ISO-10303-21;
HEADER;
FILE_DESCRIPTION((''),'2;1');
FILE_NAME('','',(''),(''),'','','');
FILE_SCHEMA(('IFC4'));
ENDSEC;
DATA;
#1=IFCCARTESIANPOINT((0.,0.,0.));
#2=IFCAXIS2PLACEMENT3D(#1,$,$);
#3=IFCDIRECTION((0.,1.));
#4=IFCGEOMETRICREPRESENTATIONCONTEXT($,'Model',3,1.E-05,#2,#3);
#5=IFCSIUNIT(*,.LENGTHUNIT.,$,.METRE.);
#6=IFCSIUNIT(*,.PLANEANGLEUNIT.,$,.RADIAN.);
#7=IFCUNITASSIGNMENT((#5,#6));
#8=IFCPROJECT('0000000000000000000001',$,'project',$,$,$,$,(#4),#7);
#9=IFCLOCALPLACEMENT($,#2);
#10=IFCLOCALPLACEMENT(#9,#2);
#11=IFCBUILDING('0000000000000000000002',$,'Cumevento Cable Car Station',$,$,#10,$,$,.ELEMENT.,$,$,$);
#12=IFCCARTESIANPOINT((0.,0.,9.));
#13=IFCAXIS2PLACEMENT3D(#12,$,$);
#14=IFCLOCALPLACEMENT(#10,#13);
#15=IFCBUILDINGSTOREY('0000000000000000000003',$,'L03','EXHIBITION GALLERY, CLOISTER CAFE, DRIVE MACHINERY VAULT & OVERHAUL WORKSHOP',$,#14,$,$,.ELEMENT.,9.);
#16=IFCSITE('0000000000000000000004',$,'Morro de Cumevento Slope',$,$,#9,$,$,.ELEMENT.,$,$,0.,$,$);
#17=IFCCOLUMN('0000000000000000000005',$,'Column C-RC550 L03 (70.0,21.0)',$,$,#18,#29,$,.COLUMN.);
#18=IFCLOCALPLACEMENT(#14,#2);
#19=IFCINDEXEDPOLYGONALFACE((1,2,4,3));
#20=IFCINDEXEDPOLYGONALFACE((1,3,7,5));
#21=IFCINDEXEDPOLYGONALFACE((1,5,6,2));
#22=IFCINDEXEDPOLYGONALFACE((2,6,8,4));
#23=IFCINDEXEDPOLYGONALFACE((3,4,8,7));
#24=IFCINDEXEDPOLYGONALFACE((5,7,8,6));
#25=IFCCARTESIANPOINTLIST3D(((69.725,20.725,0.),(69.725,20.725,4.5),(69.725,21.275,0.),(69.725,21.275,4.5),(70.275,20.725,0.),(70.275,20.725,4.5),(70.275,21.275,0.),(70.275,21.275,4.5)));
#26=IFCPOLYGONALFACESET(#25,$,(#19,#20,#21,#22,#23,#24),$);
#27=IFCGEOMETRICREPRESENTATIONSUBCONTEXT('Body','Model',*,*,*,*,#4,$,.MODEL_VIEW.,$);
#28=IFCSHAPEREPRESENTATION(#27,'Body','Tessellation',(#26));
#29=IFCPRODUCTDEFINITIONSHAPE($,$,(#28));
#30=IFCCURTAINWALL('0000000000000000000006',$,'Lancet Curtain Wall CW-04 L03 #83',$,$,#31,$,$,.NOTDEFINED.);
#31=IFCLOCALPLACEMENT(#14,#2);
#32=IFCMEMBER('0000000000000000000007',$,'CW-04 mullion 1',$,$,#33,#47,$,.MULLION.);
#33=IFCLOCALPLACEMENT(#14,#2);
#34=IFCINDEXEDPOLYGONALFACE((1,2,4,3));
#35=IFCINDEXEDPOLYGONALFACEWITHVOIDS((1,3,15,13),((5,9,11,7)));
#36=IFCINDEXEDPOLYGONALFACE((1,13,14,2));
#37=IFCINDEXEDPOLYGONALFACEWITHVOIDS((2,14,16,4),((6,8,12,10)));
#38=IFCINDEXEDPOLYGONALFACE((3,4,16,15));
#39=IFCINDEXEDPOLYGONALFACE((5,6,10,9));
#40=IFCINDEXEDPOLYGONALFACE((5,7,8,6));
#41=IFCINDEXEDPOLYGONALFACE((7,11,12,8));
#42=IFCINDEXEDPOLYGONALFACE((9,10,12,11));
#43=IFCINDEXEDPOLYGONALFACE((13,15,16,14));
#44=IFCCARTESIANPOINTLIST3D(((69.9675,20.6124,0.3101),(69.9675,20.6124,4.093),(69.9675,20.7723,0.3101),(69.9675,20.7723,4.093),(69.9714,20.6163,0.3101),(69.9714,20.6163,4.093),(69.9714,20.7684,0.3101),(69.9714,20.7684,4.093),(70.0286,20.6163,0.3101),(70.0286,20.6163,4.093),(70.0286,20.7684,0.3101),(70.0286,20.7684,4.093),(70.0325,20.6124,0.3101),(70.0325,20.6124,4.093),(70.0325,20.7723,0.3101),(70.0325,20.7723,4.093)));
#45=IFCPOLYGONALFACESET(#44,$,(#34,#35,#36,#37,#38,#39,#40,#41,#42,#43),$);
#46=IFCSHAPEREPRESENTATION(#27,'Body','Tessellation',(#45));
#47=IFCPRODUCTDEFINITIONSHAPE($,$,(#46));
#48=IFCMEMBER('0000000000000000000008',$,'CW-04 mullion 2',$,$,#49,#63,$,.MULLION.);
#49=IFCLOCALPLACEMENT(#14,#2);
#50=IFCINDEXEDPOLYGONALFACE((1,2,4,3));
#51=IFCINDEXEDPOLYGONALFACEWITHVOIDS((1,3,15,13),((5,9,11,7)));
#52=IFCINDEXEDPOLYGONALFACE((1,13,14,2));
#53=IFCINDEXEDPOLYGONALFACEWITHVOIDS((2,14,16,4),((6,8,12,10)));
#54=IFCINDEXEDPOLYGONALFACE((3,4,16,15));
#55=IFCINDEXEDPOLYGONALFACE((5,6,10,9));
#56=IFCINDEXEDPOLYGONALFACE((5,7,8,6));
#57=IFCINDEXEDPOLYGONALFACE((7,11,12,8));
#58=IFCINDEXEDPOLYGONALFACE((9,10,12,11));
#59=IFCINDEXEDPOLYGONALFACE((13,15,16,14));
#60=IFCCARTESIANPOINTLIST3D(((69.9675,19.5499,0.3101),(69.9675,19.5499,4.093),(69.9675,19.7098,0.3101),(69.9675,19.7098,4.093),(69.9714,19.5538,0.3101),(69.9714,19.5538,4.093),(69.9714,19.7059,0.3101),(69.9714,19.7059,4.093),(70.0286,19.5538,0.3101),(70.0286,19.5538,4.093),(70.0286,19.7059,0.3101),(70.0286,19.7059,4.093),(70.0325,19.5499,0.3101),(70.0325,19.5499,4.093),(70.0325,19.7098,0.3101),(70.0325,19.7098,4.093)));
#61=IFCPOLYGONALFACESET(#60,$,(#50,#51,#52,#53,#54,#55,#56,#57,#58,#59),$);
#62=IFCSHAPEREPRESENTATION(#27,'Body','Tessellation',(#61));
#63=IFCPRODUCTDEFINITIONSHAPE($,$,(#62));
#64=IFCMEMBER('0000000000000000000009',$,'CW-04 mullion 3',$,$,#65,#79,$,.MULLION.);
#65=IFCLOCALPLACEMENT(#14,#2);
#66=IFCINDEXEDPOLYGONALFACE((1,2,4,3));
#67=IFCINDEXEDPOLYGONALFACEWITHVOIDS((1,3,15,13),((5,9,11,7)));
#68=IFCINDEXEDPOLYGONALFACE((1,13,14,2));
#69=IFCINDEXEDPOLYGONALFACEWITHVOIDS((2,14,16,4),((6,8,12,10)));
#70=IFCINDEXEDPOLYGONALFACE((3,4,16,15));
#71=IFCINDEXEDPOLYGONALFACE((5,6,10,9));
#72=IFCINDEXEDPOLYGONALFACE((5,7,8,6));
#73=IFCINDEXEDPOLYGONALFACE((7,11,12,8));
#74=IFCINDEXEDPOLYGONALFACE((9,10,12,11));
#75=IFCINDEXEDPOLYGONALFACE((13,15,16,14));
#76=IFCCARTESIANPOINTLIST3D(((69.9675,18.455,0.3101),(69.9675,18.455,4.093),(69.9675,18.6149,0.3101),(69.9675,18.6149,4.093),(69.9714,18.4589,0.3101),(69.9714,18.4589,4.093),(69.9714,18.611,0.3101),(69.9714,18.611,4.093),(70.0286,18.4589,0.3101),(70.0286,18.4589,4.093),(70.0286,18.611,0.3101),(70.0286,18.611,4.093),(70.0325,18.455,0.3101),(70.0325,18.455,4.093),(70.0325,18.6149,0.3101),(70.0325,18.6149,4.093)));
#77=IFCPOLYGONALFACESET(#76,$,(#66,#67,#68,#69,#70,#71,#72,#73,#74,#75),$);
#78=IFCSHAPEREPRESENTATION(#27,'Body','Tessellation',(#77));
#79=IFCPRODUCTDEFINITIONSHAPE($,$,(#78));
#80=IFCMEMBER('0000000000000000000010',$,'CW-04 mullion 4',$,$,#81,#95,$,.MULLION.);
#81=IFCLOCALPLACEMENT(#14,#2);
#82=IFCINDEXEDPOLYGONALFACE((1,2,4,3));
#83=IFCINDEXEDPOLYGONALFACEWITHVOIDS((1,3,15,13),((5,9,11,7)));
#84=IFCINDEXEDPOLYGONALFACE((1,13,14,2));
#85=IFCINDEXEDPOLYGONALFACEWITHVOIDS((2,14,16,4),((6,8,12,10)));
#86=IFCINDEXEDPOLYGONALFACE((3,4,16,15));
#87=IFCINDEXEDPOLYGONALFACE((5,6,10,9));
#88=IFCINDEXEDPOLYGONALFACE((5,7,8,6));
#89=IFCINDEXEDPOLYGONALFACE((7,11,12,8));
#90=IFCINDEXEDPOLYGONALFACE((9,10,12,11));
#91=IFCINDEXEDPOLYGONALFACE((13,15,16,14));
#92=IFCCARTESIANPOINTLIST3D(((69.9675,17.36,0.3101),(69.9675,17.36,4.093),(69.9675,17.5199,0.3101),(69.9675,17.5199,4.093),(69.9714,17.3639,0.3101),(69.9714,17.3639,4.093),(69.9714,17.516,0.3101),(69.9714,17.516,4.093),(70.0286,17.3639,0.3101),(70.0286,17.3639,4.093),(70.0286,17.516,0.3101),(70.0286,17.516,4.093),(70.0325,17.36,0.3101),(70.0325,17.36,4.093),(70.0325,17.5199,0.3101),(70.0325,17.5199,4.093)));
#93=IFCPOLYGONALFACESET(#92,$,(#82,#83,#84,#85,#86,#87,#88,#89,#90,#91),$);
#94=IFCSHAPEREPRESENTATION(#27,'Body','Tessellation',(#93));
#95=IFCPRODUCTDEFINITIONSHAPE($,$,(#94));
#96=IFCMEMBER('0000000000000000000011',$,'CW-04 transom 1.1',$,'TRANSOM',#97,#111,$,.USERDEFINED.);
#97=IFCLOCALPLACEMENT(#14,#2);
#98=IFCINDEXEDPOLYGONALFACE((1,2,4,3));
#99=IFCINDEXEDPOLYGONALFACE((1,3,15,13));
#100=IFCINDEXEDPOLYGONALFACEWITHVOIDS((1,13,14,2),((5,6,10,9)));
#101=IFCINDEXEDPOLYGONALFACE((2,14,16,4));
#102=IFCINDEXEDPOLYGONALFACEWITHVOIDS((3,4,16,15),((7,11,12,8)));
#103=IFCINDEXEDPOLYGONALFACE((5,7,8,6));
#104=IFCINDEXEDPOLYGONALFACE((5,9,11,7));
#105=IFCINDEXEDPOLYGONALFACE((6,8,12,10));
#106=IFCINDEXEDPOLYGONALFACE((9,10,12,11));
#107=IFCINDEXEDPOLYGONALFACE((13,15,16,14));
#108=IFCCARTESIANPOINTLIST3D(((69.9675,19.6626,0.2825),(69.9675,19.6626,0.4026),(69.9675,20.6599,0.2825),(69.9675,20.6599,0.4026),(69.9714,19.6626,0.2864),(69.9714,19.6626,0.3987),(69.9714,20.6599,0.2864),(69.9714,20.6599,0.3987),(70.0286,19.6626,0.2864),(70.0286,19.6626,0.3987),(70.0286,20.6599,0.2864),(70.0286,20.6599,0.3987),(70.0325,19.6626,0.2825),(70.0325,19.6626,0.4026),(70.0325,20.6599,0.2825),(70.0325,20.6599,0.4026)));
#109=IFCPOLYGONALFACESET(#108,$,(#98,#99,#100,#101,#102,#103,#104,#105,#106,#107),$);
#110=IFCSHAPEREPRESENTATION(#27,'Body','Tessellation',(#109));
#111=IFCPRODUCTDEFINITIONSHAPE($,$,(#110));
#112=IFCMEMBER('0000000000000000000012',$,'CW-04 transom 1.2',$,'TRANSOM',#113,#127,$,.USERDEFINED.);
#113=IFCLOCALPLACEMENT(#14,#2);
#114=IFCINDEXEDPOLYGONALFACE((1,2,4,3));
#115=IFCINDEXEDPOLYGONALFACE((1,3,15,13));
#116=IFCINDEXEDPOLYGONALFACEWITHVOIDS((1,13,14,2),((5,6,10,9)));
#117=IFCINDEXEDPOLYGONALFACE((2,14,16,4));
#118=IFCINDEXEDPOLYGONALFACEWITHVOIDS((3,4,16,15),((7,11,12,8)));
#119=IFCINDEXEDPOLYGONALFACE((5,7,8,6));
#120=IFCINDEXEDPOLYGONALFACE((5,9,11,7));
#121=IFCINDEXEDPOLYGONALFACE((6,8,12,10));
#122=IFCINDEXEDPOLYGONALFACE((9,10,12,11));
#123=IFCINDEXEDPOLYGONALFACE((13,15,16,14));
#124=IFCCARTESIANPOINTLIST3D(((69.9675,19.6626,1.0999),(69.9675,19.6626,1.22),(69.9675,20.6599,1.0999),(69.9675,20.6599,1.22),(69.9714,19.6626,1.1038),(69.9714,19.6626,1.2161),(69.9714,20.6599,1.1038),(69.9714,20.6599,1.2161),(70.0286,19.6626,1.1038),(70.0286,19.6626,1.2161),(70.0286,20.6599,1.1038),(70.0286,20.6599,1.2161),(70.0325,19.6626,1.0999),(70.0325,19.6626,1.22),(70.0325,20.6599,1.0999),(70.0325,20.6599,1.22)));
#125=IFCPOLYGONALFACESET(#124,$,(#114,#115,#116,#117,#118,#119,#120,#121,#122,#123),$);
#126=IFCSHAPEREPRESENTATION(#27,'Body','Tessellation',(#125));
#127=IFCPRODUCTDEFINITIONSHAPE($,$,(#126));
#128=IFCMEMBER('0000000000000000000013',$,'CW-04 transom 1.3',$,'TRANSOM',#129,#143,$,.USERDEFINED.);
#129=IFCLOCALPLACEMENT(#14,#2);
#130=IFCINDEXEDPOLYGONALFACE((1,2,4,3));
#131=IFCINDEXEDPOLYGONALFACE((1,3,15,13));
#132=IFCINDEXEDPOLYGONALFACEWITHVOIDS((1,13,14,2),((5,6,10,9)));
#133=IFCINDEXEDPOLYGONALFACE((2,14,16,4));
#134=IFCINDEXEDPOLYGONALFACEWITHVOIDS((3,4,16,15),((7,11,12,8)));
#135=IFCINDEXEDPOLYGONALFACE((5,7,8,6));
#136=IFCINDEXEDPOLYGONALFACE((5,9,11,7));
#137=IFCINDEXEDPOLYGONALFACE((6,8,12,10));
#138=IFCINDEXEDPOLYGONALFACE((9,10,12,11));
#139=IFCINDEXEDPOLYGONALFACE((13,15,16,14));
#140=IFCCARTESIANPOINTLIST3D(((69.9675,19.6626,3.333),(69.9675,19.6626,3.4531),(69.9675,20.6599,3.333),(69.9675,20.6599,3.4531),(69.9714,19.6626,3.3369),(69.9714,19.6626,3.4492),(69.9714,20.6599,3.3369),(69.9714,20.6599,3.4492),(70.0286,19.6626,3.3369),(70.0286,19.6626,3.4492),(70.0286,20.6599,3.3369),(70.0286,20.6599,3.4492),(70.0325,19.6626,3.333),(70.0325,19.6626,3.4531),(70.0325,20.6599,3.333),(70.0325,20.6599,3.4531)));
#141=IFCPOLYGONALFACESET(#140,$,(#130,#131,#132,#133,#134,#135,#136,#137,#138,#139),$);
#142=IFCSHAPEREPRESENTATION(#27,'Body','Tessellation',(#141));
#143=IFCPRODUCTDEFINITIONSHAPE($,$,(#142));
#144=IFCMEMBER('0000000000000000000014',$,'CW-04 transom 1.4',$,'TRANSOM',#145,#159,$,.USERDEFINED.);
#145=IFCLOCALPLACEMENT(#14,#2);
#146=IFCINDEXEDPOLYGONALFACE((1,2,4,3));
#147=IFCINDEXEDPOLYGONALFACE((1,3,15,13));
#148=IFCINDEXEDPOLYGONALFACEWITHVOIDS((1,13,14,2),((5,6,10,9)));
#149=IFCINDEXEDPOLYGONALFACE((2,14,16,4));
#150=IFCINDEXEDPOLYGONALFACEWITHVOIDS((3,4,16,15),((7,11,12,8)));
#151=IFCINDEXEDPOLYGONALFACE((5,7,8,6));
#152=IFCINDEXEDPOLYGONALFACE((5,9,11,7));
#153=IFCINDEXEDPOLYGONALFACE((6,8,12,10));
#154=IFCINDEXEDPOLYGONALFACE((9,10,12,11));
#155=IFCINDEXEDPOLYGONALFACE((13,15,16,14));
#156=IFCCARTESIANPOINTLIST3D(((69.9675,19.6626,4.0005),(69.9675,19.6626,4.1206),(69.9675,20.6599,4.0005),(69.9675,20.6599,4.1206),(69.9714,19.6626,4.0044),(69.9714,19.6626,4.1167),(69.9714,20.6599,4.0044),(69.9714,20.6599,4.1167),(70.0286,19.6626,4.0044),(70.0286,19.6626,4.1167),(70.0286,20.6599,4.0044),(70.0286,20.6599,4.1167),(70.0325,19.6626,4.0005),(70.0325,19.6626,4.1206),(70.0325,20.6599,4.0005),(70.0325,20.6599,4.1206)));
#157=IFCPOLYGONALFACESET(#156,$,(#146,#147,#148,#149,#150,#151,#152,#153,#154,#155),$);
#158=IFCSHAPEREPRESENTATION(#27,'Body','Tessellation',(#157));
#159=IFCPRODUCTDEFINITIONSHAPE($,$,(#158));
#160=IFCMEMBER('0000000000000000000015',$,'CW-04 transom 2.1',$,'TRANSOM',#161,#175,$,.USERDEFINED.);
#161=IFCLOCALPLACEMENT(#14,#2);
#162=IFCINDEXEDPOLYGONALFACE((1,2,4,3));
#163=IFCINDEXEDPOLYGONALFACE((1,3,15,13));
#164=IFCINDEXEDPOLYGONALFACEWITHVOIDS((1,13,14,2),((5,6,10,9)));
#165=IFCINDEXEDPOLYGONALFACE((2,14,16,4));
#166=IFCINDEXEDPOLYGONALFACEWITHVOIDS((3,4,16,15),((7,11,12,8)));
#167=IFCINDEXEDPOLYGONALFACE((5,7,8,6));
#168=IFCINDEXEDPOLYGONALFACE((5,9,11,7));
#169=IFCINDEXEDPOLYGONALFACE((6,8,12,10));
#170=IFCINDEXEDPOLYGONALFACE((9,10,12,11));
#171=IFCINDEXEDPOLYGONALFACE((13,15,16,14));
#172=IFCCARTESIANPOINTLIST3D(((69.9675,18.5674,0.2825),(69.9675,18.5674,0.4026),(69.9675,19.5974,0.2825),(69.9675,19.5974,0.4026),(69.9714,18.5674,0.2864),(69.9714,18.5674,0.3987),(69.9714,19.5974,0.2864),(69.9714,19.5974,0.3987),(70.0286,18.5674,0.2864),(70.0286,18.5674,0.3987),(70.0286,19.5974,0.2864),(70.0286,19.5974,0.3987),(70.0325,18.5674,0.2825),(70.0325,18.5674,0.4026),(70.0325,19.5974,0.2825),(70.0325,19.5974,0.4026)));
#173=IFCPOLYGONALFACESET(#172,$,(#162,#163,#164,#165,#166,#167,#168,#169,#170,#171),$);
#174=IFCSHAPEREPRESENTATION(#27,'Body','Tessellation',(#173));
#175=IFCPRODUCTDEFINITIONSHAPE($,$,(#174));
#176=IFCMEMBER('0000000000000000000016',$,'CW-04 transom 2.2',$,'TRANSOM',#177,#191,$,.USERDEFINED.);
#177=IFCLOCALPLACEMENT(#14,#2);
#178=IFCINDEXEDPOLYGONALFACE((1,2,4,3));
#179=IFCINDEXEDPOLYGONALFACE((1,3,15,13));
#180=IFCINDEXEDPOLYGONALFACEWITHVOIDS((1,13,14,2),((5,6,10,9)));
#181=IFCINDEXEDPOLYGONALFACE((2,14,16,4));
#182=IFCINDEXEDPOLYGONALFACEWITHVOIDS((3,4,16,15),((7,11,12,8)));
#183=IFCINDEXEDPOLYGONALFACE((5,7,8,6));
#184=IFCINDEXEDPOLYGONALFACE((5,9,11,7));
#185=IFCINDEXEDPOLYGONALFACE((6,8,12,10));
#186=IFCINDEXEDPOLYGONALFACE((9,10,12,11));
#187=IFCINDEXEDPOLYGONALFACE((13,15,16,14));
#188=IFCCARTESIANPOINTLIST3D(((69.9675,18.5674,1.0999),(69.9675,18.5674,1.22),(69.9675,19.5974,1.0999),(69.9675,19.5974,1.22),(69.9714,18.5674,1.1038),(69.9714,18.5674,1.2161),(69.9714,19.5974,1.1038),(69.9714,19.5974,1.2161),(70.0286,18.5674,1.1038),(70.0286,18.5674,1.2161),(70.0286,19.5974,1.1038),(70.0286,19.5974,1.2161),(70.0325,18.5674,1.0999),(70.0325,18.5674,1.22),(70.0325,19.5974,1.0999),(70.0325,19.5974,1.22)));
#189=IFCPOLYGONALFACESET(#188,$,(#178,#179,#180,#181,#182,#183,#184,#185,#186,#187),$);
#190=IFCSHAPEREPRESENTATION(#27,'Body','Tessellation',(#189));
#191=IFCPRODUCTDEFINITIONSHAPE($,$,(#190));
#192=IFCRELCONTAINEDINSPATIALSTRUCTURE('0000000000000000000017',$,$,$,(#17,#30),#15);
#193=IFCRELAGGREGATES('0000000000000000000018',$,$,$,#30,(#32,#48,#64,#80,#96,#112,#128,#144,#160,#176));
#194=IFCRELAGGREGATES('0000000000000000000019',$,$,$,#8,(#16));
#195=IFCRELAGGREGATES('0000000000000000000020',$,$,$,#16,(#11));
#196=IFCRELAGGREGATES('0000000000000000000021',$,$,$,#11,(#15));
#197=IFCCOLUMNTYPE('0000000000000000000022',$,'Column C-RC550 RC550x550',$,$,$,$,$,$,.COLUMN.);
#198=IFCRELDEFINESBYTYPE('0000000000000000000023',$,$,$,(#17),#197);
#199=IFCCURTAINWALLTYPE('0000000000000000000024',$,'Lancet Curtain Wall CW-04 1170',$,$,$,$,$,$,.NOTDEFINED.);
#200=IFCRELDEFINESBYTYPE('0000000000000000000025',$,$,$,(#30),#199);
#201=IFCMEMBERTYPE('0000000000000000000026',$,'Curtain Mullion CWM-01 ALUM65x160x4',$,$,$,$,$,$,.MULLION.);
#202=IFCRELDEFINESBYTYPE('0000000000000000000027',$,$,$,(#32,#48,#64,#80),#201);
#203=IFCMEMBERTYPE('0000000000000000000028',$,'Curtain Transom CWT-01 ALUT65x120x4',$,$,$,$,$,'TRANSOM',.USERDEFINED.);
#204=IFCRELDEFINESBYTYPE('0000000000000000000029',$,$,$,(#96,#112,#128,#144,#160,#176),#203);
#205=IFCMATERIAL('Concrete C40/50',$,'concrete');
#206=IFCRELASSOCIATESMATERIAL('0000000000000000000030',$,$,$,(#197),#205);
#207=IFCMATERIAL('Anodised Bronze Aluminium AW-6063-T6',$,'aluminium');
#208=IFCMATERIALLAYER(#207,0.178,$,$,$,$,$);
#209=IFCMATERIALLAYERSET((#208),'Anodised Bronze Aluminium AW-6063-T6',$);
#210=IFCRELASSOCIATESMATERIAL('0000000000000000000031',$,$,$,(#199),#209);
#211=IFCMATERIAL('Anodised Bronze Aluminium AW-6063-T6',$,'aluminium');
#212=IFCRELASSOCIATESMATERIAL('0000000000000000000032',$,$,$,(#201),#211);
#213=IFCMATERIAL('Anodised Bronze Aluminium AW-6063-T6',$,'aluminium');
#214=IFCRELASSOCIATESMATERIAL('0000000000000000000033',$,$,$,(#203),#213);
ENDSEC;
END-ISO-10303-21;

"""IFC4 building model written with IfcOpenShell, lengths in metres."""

from ifc_helpers import new_model, si_unit, direction, frame, origin, origin_2d, place, context, subcontext, project, spatial, rectangle, hollow_rectangle, extrude, material, layer, layer_set, material_profile, profile_set, type_object, element, aggregate, save


model = new_model("IFC4")

# Units and contexts
model_context = context("Model", 3, precision=1e-05, world=origin(), true_north=direction((0.0, 1.0)))
body_context = subcontext(model_context, "Body", "Model", "MODEL_VIEW")
ifc_project = project(units=[si_unit("LENGTHUNIT", "METRE"), si_unit("PLANEANGLEUNIT", "RADIAN")], contexts=[model_context])

# Site, building, storey
site_placement = place(None, origin())
site = spatial("IfcSite", under=ifc_project, at=site_placement, Name="Morro de Cumevento Slope", CompositionType="ELEMENT", RefElevation=0.0)
building_placement = place(site_placement, origin())
building = spatial("IfcBuilding", under=site, at=building_placement, Name="Cumevento Cable Car Station", CompositionType="ELEMENT")
storey_placement = place(building_placement, frame((0.0, 0.0, 9.0)))
storey = spatial("IfcBuildingStorey", under=building, at=storey_placement, Name="L03", Description="EXHIBITION GALLERY, CLOISTER CAFE, DRIVE MACHINERY VAULT & OVERHAUL WORKSHOP", CompositionType="ELEMENT", Elevation=9.0)

# Column
ifc_material_1 = material(Name="Concrete C40/50", Category="concrete")
ifc_material_profile_1 = material_profile(ifc_material_1, rectangle(XDim=0.55, YDim=0.55, at=origin_2d()), Name="RC550x550")
ifc_profile_set_1 = profile_set([ifc_material_profile_1], Name="Concrete C40/50")
column_type = type_object("IfcColumnType", Name="Column C-RC550 RC550x550", PredefinedType="COLUMN", material=ifc_profile_set_1)
column_placement = place(storey_placement, frame((70.0, 21.0, 0.0), z_axis=(0.0, 0.0, 1.0), x_axis=(1.0, 0.0, 0.0)))
element("IfcColumn", 1, at=column_placement, inside=storey, type_object=column_type, Name="Column C-RC550 L03 (70.0,21.0)", PredefinedType="COLUMN", context=body_context, shape_type="SweptSolid", body=[
    extrude(rectangle(XDim=0.55, YDim=0.55, at=origin_2d()), origin(), (0.0, 0.0, 1.0), 4.5),
])

# Curtain wall, members
ifc_material_2 = material(Name="Anodised Bronze Aluminium AW-6063-T6", Category="aluminium")
ifc_layer_1 = layer(ifc_material_2, 0.178)
ifc_layer_set_1 = layer_set([ifc_layer_1], Name="Anodised Bronze Aluminium AW-6063-T6")
curtain_wall_type = type_object("IfcCurtainWallType", Name="Lancet Curtain Wall CW-04 1170", PredefinedType="NOTDEFINED", material=ifc_layer_set_1)
curtain_wall_placement = place(storey_placement, origin())
curtain_wall = element("IfcCurtainWall", 2, at=curtain_wall_placement, inside=storey, type_object=curtain_wall_type, Name="Lancet Curtain Wall CW-04 L03 #83", PredefinedType="NOTDEFINED")
ifc_material_3 = material(Name="Anodised Bronze Aluminium AW-6063-T6", Category="aluminium")
ifc_material_profile_2 = material_profile(ifc_material_3, hollow_rectangle(XDim=0.0649, YDim=0.1599, WallThickness=0.0039, at=origin_2d()), Name="ALUM65x160x4")
ifc_profile_set_2 = profile_set([ifc_material_profile_2], Name="Anodised Bronze Aluminium AW-6063-T6")
member_type_1 = type_object("IfcMemberType", Name="Curtain Mullion CWM-01 ALUM65x160x4", PredefinedType="MULLION", material=ifc_profile_set_2)
member_1_placement = place(storey_placement, frame((70.0, 20.6924, 0.3101), z_axis=(0.0, 0.0, 1.0), x_axis=(1.0, 0.0, 0.0)))
member_1 = element("IfcMember", 3, at=member_1_placement, type_object=member_type_1, Name="CW-04 mullion 1", PredefinedType="MULLION", context=body_context, shape_type="SweptSolid", body=[
    extrude(hollow_rectangle(XDim=0.0649, YDim=0.1599, WallThickness=0.0039, at=origin_2d()), origin(), (0.0, 0.0, 1.0), 3.783),
])
member_2_placement = place(storey_placement, frame((70.0, 19.6299, 0.3101), z_axis=(0.0, 0.0, 1.0), x_axis=(1.0, 0.0, 0.0)))
member_2 = element("IfcMember", 4, at=member_2_placement, type_object=member_type_1, Name="CW-04 mullion 2", PredefinedType="MULLION", context=body_context, shape_type="SweptSolid", body=[
    extrude(hollow_rectangle(XDim=0.0649, YDim=0.1599, WallThickness=0.0039, at=origin_2d()), origin(), (0.0, 0.0, 1.0), 3.783),
])
member_3_placement = place(storey_placement, frame((70.0, 18.5349, 0.3101), z_axis=(0.0, 0.0, 1.0), x_axis=(1.0, 0.0, 0.0)))
member_3 = element("IfcMember", 5, at=member_3_placement, type_object=member_type_1, Name="CW-04 mullion 3", PredefinedType="MULLION", context=body_context, shape_type="SweptSolid", body=[
    extrude(hollow_rectangle(XDim=0.0649, YDim=0.1599, WallThickness=0.0039, at=origin_2d()), origin(), (0.0, 0.0, 1.0), 3.783),
])
member_4_placement = place(storey_placement, frame((70.0, 17.4399, 0.3101), z_axis=(0.0, 0.0, 1.0), x_axis=(1.0, 0.0, 0.0)))
member_4 = element("IfcMember", 6, at=member_4_placement, type_object=member_type_1, Name="CW-04 mullion 4", PredefinedType="MULLION", context=body_context, shape_type="SweptSolid", body=[
    extrude(hollow_rectangle(XDim=0.0649, YDim=0.1599, WallThickness=0.0039, at=origin_2d()), origin(), (0.0, 0.0, 1.0), 3.783),
])
ifc_material_4 = material(Name="Anodised Bronze Aluminium AW-6063-T6", Category="aluminium")
ifc_material_profile_3 = material_profile(ifc_material_4, hollow_rectangle(XDim=0.0649, YDim=0.1201, WallThickness=0.0039, at=origin_2d()), Name="ALUT65x120x4")
ifc_profile_set_3 = profile_set([ifc_material_profile_3], Name="Anodised Bronze Aluminium AW-6063-T6")
member_type_2 = type_object("IfcMemberType", Name="Curtain Transom CWT-01 ALUT65x120x4", ElementType="TRANSOM", PredefinedType="USERDEFINED", material=ifc_profile_set_3)
member_5_placement = place(storey_placement, frame((70.0, 20.6599, 0.3425), z_axis=(0.0, -1.0, 0.0), x_axis=(1.0, 0.0, 0.0)))
member_5 = element("IfcMember", 7, at=member_5_placement, type_object=member_type_2, Name="CW-04 transom 1.1", ObjectType="TRANSOM", PredefinedType="USERDEFINED", context=body_context, shape_type="SweptSolid", body=[
    extrude(hollow_rectangle(XDim=0.0649, YDim=0.1201, WallThickness=0.0039, at=origin_2d()), origin(), (0.0, 0.0, 1.0), 0.9973),
])
member_6_placement = place(storey_placement, frame((70.0, 20.6599, 1.1599), z_axis=(0.0, -1.0, 0.0), x_axis=(1.0, 0.0, 0.0)))
member_6 = element("IfcMember", 8, at=member_6_placement, type_object=member_type_2, Name="CW-04 transom 1.2", ObjectType="TRANSOM", PredefinedType="USERDEFINED", context=body_context, shape_type="SweptSolid", body=[
    extrude(hollow_rectangle(XDim=0.0649, YDim=0.1201, WallThickness=0.0039, at=origin_2d()), origin(), (0.0, 0.0, 1.0), 0.9973),
])
member_7_placement = place(storey_placement, frame((70.0, 20.6599, 3.3931), z_axis=(0.0, -1.0, 0.0), x_axis=(1.0, 0.0, 0.0)))
member_7 = element("IfcMember", 9, at=member_7_placement, type_object=member_type_2, Name="CW-04 transom 1.3", ObjectType="TRANSOM", PredefinedType="USERDEFINED", context=body_context, shape_type="SweptSolid", body=[
    extrude(hollow_rectangle(XDim=0.0649, YDim=0.1201, WallThickness=0.0039, at=origin_2d()), origin(), (0.0, 0.0, 1.0), 0.9973),
])
member_8_placement = place(storey_placement, frame((70.0, 20.6599, 4.0605), z_axis=(0.0, -1.0, 0.0), x_axis=(1.0, 0.0, 0.0)))
member_8 = element("IfcMember", 10, at=member_8_placement, type_object=member_type_2, Name="CW-04 transom 1.4", ObjectType="TRANSOM", PredefinedType="USERDEFINED", context=body_context, shape_type="SweptSolid", body=[
    extrude(hollow_rectangle(XDim=0.0649, YDim=0.1201, WallThickness=0.0039, at=origin_2d()), origin(), (0.0, 0.0, 1.0), 0.9973),
])
member_9_placement = place(storey_placement, frame((70.0, 19.5974, 0.3425), z_axis=(0.0, -1.0, 0.0), x_axis=(1.0, 0.0, 0.0)))
member_9 = element("IfcMember", 11, at=member_9_placement, type_object=member_type_2, Name="CW-04 transom 2.1", ObjectType="TRANSOM", PredefinedType="USERDEFINED", context=body_context, shape_type="SweptSolid", body=[
    extrude(hollow_rectangle(XDim=0.0649, YDim=0.1201, WallThickness=0.0039, at=origin_2d()), origin(), (0.0, 0.0, 1.0), 1.03),
])
member_10_placement = place(storey_placement, frame((70.0, 19.5974, 1.1599), z_axis=(0.0, -1.0, 0.0), x_axis=(1.0, 0.0, 0.0)))
member_10 = element("IfcMember", 12, at=member_10_placement, type_object=member_type_2, Name="CW-04 transom 2.2", ObjectType="TRANSOM", PredefinedType="USERDEFINED", context=body_context, shape_type="SweptSolid", body=[
    extrude(hollow_rectangle(XDim=0.0649, YDim=0.1201, WallThickness=0.0039, at=origin_2d()), origin(), (0.0, 0.0, 1.0), 1.03),
])
aggregate(curtain_wall, [member_1, member_2, member_3, member_4, member_5, member_6, member_7, member_8, member_9, member_10])

save(model, "model.ifc")
